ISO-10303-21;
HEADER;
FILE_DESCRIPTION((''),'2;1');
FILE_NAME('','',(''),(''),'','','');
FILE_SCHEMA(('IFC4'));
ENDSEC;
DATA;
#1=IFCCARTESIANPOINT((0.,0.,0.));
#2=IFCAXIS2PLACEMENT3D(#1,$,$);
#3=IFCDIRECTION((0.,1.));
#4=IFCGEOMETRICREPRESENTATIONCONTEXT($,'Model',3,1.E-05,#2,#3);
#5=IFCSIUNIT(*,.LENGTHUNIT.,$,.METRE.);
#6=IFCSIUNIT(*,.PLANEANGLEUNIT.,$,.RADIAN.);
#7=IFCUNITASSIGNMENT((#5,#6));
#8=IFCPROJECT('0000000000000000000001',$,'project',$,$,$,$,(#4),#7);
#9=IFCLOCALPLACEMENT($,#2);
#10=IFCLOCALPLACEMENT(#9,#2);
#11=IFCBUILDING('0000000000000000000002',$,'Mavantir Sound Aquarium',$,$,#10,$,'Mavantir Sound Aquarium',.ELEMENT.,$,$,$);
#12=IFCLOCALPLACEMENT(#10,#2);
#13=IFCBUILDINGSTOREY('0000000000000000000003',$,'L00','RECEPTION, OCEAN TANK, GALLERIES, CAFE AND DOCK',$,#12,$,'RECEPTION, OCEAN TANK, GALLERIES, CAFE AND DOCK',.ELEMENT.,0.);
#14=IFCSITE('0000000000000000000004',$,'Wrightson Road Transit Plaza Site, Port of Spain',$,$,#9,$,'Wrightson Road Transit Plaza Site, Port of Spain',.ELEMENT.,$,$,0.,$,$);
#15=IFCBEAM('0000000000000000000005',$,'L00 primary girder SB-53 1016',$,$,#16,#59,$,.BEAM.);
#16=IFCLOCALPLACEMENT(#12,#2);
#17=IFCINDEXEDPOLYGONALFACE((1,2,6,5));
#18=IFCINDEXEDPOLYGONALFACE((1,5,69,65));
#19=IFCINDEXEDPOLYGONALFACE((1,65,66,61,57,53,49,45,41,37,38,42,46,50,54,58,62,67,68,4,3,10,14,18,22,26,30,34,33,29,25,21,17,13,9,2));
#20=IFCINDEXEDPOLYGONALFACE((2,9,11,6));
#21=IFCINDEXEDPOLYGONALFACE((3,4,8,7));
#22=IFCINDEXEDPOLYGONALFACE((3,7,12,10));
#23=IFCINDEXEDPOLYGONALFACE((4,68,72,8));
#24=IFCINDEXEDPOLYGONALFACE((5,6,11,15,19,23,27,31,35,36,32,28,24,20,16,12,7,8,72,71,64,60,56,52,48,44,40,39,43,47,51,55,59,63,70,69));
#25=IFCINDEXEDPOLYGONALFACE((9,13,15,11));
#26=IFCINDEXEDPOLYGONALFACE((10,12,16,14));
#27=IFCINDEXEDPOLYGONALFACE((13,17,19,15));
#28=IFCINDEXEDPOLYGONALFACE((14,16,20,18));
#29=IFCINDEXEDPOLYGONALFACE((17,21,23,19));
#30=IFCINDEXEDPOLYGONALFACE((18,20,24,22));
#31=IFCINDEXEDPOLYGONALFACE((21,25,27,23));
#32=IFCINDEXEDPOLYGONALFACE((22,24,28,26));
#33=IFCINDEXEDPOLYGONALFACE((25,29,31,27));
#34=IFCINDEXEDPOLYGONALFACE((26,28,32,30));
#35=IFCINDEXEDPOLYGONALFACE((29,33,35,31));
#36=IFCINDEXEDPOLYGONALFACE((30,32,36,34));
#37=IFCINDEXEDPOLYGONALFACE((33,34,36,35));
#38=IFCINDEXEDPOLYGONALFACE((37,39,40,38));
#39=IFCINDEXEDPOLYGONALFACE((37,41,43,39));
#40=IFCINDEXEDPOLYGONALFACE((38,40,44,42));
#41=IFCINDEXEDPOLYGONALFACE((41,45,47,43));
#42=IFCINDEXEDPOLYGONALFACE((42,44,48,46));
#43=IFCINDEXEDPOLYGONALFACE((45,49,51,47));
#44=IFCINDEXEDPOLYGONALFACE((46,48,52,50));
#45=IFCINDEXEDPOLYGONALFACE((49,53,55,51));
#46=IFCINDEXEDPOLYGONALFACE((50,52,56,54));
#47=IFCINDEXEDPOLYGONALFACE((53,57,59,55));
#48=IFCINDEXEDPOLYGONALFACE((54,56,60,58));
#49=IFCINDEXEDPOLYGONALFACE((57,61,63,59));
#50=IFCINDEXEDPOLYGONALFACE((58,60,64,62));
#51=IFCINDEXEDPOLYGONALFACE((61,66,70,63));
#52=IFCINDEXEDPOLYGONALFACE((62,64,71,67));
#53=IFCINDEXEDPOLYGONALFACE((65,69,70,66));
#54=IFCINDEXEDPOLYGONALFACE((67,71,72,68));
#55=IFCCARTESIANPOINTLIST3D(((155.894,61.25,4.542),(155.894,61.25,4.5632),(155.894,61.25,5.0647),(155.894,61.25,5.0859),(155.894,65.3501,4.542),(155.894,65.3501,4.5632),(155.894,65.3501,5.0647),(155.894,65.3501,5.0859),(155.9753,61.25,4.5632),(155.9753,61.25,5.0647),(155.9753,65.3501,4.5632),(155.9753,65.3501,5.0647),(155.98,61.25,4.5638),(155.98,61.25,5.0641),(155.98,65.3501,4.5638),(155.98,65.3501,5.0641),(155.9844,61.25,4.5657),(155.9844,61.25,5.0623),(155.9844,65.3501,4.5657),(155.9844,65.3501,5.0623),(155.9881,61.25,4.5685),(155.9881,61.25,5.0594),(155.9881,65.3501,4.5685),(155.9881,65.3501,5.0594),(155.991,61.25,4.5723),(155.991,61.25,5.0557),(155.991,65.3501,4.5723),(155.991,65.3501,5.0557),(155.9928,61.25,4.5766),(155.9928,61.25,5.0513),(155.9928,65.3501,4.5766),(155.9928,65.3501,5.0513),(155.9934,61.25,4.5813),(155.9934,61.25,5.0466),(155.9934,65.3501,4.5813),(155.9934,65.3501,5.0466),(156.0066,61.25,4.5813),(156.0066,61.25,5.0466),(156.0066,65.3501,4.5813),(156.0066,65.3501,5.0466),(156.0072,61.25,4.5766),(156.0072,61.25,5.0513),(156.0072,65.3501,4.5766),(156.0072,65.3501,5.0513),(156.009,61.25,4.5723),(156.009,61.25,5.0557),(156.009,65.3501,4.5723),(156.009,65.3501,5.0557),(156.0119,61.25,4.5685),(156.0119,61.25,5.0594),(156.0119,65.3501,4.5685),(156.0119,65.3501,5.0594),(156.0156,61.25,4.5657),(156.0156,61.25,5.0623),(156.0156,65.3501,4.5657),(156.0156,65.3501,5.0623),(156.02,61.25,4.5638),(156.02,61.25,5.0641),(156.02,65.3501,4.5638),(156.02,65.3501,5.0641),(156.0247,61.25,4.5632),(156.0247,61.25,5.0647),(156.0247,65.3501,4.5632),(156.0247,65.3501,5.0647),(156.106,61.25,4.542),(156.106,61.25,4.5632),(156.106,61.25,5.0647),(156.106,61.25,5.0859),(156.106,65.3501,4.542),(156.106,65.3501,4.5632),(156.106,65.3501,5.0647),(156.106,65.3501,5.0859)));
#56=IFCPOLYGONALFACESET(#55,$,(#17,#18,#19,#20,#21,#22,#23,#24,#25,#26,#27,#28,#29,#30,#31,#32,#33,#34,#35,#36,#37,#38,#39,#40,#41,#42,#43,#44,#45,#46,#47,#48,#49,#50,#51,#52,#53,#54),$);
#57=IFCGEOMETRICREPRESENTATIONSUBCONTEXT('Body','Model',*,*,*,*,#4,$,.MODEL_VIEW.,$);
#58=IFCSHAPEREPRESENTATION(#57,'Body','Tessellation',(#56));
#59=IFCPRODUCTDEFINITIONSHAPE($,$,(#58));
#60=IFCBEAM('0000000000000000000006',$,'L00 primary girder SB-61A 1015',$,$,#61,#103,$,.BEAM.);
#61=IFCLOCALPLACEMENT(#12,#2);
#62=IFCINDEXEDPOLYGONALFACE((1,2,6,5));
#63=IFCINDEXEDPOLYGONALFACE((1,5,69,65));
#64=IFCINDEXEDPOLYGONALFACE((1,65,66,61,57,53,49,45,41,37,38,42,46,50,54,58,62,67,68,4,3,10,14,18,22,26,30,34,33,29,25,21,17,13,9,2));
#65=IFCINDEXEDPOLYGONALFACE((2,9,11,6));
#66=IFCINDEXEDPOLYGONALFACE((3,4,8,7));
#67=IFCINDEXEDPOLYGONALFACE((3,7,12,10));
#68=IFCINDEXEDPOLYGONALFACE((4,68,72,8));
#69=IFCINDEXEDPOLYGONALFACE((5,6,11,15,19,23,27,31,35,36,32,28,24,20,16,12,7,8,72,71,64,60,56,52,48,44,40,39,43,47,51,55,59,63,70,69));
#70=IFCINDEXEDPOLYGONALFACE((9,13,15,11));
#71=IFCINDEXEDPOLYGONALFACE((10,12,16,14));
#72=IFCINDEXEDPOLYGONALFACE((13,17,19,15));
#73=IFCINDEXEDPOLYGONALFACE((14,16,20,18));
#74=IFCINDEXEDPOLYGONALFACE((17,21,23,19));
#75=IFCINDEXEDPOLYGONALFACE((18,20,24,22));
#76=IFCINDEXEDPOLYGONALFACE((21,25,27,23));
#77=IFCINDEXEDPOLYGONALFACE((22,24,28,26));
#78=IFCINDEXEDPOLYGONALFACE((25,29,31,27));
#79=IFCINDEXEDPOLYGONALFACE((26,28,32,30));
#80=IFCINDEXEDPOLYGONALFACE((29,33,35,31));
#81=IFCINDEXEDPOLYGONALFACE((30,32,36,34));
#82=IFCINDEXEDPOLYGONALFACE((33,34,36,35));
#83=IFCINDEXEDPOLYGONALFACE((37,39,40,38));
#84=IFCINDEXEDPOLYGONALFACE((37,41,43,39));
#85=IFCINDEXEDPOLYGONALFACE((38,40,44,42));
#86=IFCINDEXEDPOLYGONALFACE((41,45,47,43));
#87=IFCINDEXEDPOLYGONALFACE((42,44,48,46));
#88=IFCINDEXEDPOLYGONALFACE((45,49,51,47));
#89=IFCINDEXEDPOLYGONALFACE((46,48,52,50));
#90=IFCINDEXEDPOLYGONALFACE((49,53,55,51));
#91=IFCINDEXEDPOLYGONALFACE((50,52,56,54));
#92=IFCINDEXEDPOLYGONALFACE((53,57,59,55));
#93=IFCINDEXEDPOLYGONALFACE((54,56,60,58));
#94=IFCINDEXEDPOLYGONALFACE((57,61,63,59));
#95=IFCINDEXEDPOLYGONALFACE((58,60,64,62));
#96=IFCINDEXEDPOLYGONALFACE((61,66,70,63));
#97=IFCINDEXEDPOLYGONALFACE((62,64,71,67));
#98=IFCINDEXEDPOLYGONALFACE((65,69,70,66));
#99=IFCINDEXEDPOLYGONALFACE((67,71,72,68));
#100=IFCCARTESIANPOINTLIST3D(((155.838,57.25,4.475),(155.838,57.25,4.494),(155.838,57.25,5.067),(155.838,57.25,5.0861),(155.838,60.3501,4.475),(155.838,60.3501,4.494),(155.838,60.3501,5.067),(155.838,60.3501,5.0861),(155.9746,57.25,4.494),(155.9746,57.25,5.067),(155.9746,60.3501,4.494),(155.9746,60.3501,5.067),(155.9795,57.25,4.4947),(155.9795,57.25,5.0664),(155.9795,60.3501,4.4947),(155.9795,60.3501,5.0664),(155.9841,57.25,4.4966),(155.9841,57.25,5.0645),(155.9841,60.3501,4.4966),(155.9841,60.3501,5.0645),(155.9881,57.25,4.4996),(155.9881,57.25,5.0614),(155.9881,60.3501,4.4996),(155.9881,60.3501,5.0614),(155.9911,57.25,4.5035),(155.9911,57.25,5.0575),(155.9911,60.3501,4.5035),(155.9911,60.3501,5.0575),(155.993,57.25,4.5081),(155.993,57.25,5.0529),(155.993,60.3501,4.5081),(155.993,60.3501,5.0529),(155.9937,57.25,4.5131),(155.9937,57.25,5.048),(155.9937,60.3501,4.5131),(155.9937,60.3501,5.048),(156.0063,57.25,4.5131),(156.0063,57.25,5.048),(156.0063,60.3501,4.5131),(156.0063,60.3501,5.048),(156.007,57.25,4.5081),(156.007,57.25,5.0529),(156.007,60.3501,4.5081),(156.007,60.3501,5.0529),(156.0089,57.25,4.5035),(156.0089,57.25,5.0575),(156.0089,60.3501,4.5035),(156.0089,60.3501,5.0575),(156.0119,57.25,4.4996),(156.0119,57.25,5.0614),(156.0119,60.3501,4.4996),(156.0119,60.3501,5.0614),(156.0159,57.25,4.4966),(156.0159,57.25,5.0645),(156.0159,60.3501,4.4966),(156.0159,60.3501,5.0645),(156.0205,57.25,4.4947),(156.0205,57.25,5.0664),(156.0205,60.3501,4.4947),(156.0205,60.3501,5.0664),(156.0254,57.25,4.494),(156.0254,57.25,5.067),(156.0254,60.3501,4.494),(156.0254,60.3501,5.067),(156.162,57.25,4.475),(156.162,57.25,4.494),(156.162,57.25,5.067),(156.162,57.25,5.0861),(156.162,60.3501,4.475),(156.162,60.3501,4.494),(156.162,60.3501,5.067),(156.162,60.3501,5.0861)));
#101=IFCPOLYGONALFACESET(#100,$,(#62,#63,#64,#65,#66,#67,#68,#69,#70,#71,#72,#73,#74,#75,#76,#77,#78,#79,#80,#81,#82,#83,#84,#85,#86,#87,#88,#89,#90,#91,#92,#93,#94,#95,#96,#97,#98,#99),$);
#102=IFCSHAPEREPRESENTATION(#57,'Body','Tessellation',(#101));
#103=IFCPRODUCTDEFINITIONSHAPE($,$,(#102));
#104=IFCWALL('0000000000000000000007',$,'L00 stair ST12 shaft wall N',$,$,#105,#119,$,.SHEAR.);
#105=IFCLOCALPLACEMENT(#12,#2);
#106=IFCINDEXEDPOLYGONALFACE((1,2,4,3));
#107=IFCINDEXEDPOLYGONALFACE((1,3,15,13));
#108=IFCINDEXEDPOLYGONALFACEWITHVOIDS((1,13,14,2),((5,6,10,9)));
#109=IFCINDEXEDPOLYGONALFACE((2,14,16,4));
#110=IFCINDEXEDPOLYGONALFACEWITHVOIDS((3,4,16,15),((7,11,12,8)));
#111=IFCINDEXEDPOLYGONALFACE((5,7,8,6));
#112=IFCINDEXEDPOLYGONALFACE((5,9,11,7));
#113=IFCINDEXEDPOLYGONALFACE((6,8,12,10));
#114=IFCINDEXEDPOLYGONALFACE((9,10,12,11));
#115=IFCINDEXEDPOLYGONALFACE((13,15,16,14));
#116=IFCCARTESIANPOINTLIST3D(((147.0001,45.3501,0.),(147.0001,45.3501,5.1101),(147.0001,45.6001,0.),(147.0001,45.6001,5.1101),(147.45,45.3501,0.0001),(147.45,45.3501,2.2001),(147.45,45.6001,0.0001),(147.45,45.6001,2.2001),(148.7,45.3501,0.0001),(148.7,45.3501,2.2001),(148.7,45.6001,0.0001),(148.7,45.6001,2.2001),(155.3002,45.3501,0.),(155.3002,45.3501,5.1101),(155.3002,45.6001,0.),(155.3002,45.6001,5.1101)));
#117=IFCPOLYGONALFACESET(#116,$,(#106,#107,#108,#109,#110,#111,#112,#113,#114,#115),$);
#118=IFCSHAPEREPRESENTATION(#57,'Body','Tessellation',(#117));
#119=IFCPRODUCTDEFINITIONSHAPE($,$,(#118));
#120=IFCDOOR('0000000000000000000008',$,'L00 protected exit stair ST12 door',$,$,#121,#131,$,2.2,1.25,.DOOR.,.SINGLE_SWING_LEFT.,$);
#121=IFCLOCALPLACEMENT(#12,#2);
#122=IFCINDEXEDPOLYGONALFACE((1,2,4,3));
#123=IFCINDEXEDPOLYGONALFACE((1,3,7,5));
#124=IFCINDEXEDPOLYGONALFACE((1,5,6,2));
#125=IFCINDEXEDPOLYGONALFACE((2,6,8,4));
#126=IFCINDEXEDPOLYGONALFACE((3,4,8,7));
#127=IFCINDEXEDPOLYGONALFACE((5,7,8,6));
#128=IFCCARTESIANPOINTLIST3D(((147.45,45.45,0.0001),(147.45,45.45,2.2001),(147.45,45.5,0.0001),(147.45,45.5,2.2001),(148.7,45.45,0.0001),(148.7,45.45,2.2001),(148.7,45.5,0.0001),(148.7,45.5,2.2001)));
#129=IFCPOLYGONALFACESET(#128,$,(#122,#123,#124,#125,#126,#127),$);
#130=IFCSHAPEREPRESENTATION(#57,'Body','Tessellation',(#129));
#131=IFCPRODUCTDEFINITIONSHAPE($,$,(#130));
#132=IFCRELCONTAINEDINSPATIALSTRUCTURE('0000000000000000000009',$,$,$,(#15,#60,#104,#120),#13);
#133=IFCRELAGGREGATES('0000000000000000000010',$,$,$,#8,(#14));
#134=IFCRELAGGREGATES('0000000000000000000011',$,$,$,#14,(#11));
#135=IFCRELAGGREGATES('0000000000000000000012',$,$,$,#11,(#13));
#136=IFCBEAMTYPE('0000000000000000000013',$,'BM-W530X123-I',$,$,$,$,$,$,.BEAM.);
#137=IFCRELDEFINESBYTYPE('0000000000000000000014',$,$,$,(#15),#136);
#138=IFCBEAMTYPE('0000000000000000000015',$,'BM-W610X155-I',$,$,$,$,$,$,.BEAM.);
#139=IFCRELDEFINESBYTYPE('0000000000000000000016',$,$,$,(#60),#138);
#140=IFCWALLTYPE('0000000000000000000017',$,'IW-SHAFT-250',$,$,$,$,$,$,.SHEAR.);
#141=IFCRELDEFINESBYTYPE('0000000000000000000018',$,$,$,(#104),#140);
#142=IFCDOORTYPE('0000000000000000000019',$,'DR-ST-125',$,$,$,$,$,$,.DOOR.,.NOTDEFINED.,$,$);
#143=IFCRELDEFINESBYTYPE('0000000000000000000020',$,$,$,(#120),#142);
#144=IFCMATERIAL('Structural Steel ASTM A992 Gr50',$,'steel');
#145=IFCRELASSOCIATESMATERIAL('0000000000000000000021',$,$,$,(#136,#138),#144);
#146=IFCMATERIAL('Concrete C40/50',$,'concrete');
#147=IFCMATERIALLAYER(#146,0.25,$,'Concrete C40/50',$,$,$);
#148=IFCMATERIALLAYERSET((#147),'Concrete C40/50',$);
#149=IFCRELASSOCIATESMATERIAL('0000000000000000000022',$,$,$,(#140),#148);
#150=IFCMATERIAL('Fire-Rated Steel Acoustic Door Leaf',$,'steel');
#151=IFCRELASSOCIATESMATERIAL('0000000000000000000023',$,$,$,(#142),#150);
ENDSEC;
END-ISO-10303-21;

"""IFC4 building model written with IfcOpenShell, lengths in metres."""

from ifc_helpers import new_model, si_unit, direction, frame, frame_2d, origin, origin_2d, place, context, subcontext, project, spatial, rectangle, i_section, extrude, material, layer, layer_set, material_profile, profile_set, type_object, element, fill, save


model = new_model("IFC4")

# Units and contexts
model_context = context("Model", 3, precision=1e-05, world=origin(), true_north=direction((0.0, 1.0)))
body_context = subcontext(model_context, "Body", "Model", "MODEL_VIEW")
ifc_project = project(units=[si_unit("LENGTHUNIT", "METRE"), si_unit("PLANEANGLEUNIT", "RADIAN")], contexts=[model_context])

# Site, building, storey
site_placement = place(None, origin())
site = spatial("IfcSite", under=ifc_project, at=site_placement, Name="Wrightson Road Transit Plaza Site, Port of Spain", LongName="Wrightson Road Transit Plaza Site, Port of Spain", CompositionType="ELEMENT", RefElevation=0.0)
building_placement = place(site_placement, origin())
building = spatial("IfcBuilding", under=site, at=building_placement, Name="Mavantir Sound Aquarium", LongName="Mavantir Sound Aquarium", CompositionType="ELEMENT")
storey_placement = place(building_placement, origin())
storey = spatial("IfcBuildingStorey", under=building, at=storey_placement, Name="L00", Description="RECEPTION, OCEAN TANK, GALLERIES, CAFE AND DOCK", LongName="RECEPTION, OCEAN TANK, GALLERIES, CAFE AND DOCK", CompositionType="ELEMENT", Elevation=0.0)

# Shared definitions
ifc_material_1 = material(Name="Concrete C40/50", Category="concrete")

# Beams
ifc_material_2 = material(Name="Structural Steel ASTM A992 Gr50", Category="steel")
ifc_material_profile_1 = material_profile(ifc_material_2, i_section(OverallWidth=0.2119, OverallDepth=0.5439, WebThickness=0.0132, FlangeThickness=0.0212, FilletRadius=0.0181, at=origin_2d()), Name="W530X123")
ifc_profile_set_1 = profile_set([ifc_material_profile_1], Name="Structural Steel ASTM A992 Gr50")
beam_type_1 = type_object("IfcBeamType", Name="BM-W530X123-I", PredefinedType="BEAM", material=ifc_profile_set_1)
beam_1_placement = place(storey_placement, frame((156.0, 61.25, 4.814), z_axis=(0.0, 1.0, 0.0), x_axis=(-1.0, 0.0, 0.0)))
element("IfcBeam", 1, at=beam_1_placement, inside=storey, type_object=beam_type_1, Name="L00 primary girder SB-53 1016", PredefinedType="BEAM", context=body_context, shape_type="SweptSolid", body=[
    extrude(i_section(OverallWidth=0.2119, OverallDepth=0.5439, WebThickness=0.0132, FlangeThickness=0.0212, FilletRadius=0.0181, at=origin_2d()), origin(), (0.0, 0.0, 1.0), 4.1001),
])
ifc_material_profile_2 = material_profile(ifc_material_2, i_section(OverallWidth=0.324, OverallDepth=0.6111, WebThickness=0.0127, FlangeThickness=0.019, FilletRadius=0.019, at=origin_2d()), Name="W610X155")
ifc_profile_set_2 = profile_set([ifc_material_profile_2], Name="Structural Steel ASTM A992 Gr50")
beam_type_2 = type_object("IfcBeamType", Name="BM-W610X155-I", PredefinedType="BEAM", material=ifc_profile_set_2)
beam_2_placement = place(storey_placement, frame((156.0, 57.25, 4.7805), z_axis=(0.0, 1.0, 0.0), x_axis=(-1.0, 0.0, 0.0)))
element("IfcBeam", 2, at=beam_2_placement, inside=storey, type_object=beam_type_2, Name="L00 primary girder SB-61A 1015", PredefinedType="BEAM", context=body_context, shape_type="SweptSolid", body=[
    extrude(i_section(OverallWidth=0.324, OverallDepth=0.6111, WebThickness=0.0127, FlangeThickness=0.019, FilletRadius=0.019, at=origin_2d()), origin(), (0.0, 0.0, 1.0), 3.1001),
])

# Wall, opening, door
ifc_layer = layer(ifc_material_1, 0.25, Name="Concrete C40/50")
ifc_layer_set = layer_set([ifc_layer], Name="Concrete C40/50")
wall_type = type_object("IfcWallType", Name="IW-SHAFT-250", PredefinedType="SHEAR", material=ifc_layer_set)
wall_placement = place(storey_placement, frame((155.3, 45.4751, 0.0), z_axis=(0.0, 0.0, 1.0), x_axis=(-1.0, 0.0, 0.0)))
wall = element("IfcWall", 3, at=wall_placement, inside=storey, type_object=wall_type, Name="L00 stair ST12 shaft wall N", PredefinedType="SHEAR", context=body_context, shape_type="SweptSolid", body=[
    extrude(rectangle(XDim=8.3, YDim=0.25, at=frame_2d((4.1499, 0.0))), origin(), (0.0, 0.0, 1.0), 5.1101),
])
opening_placement = place(wall_placement, frame((7.8501, 0.0, 0.0), z_axis=(0.0, 0.0, 1.0), x_axis=(-1.0, 0.0, 0.0)))
opening = element("IfcOpeningElement", 4, at=opening_placement, cuts=wall, PredefinedType="OPENING", context=body_context, shape_type="SweptSolid", body=[
    extrude(rectangle(XDim=1.25, YDim=2.2, at=frame_2d((0.625, 1.1001))), frame((0.0, 0.135, 0.0), z_axis=(0.0, -1.0, 0.0), x_axis=(1.0, 0.0, 0.0)), (0.0, 0.0, 1.0), 0.27),
])
ifc_material_3 = material(Name="Fire-Rated Steel Acoustic Door Leaf", Category="steel")
door_type = type_object("IfcDoorType", Name="DR-ST-125", OperationType="NOTDEFINED", PredefinedType="DOOR", material=ifc_material_3)
door_placement = place(opening_placement, origin())
door = element("IfcDoor", 5, at=door_placement, inside=storey, type_object=door_type, Name="L00 protected exit stair ST12 door", OperationType="SINGLE_SWING_LEFT", OverallHeight=2.2, OverallWidth=1.25, PredefinedType="DOOR", context=body_context, shape_type="SweptSolid", body=[
    extrude(rectangle(XDim=1.25, YDim=2.2, at=frame_2d((0.625, 1.1001))), frame((0.0, 0.0249, 0.0), z_axis=(0.0, -1.0, 0.0), x_axis=(1.0, 0.0, 0.0)), (0.0, 0.0, 1.0), 0.05),
])
fill(opening, door)

save(model, "model.ifc")
